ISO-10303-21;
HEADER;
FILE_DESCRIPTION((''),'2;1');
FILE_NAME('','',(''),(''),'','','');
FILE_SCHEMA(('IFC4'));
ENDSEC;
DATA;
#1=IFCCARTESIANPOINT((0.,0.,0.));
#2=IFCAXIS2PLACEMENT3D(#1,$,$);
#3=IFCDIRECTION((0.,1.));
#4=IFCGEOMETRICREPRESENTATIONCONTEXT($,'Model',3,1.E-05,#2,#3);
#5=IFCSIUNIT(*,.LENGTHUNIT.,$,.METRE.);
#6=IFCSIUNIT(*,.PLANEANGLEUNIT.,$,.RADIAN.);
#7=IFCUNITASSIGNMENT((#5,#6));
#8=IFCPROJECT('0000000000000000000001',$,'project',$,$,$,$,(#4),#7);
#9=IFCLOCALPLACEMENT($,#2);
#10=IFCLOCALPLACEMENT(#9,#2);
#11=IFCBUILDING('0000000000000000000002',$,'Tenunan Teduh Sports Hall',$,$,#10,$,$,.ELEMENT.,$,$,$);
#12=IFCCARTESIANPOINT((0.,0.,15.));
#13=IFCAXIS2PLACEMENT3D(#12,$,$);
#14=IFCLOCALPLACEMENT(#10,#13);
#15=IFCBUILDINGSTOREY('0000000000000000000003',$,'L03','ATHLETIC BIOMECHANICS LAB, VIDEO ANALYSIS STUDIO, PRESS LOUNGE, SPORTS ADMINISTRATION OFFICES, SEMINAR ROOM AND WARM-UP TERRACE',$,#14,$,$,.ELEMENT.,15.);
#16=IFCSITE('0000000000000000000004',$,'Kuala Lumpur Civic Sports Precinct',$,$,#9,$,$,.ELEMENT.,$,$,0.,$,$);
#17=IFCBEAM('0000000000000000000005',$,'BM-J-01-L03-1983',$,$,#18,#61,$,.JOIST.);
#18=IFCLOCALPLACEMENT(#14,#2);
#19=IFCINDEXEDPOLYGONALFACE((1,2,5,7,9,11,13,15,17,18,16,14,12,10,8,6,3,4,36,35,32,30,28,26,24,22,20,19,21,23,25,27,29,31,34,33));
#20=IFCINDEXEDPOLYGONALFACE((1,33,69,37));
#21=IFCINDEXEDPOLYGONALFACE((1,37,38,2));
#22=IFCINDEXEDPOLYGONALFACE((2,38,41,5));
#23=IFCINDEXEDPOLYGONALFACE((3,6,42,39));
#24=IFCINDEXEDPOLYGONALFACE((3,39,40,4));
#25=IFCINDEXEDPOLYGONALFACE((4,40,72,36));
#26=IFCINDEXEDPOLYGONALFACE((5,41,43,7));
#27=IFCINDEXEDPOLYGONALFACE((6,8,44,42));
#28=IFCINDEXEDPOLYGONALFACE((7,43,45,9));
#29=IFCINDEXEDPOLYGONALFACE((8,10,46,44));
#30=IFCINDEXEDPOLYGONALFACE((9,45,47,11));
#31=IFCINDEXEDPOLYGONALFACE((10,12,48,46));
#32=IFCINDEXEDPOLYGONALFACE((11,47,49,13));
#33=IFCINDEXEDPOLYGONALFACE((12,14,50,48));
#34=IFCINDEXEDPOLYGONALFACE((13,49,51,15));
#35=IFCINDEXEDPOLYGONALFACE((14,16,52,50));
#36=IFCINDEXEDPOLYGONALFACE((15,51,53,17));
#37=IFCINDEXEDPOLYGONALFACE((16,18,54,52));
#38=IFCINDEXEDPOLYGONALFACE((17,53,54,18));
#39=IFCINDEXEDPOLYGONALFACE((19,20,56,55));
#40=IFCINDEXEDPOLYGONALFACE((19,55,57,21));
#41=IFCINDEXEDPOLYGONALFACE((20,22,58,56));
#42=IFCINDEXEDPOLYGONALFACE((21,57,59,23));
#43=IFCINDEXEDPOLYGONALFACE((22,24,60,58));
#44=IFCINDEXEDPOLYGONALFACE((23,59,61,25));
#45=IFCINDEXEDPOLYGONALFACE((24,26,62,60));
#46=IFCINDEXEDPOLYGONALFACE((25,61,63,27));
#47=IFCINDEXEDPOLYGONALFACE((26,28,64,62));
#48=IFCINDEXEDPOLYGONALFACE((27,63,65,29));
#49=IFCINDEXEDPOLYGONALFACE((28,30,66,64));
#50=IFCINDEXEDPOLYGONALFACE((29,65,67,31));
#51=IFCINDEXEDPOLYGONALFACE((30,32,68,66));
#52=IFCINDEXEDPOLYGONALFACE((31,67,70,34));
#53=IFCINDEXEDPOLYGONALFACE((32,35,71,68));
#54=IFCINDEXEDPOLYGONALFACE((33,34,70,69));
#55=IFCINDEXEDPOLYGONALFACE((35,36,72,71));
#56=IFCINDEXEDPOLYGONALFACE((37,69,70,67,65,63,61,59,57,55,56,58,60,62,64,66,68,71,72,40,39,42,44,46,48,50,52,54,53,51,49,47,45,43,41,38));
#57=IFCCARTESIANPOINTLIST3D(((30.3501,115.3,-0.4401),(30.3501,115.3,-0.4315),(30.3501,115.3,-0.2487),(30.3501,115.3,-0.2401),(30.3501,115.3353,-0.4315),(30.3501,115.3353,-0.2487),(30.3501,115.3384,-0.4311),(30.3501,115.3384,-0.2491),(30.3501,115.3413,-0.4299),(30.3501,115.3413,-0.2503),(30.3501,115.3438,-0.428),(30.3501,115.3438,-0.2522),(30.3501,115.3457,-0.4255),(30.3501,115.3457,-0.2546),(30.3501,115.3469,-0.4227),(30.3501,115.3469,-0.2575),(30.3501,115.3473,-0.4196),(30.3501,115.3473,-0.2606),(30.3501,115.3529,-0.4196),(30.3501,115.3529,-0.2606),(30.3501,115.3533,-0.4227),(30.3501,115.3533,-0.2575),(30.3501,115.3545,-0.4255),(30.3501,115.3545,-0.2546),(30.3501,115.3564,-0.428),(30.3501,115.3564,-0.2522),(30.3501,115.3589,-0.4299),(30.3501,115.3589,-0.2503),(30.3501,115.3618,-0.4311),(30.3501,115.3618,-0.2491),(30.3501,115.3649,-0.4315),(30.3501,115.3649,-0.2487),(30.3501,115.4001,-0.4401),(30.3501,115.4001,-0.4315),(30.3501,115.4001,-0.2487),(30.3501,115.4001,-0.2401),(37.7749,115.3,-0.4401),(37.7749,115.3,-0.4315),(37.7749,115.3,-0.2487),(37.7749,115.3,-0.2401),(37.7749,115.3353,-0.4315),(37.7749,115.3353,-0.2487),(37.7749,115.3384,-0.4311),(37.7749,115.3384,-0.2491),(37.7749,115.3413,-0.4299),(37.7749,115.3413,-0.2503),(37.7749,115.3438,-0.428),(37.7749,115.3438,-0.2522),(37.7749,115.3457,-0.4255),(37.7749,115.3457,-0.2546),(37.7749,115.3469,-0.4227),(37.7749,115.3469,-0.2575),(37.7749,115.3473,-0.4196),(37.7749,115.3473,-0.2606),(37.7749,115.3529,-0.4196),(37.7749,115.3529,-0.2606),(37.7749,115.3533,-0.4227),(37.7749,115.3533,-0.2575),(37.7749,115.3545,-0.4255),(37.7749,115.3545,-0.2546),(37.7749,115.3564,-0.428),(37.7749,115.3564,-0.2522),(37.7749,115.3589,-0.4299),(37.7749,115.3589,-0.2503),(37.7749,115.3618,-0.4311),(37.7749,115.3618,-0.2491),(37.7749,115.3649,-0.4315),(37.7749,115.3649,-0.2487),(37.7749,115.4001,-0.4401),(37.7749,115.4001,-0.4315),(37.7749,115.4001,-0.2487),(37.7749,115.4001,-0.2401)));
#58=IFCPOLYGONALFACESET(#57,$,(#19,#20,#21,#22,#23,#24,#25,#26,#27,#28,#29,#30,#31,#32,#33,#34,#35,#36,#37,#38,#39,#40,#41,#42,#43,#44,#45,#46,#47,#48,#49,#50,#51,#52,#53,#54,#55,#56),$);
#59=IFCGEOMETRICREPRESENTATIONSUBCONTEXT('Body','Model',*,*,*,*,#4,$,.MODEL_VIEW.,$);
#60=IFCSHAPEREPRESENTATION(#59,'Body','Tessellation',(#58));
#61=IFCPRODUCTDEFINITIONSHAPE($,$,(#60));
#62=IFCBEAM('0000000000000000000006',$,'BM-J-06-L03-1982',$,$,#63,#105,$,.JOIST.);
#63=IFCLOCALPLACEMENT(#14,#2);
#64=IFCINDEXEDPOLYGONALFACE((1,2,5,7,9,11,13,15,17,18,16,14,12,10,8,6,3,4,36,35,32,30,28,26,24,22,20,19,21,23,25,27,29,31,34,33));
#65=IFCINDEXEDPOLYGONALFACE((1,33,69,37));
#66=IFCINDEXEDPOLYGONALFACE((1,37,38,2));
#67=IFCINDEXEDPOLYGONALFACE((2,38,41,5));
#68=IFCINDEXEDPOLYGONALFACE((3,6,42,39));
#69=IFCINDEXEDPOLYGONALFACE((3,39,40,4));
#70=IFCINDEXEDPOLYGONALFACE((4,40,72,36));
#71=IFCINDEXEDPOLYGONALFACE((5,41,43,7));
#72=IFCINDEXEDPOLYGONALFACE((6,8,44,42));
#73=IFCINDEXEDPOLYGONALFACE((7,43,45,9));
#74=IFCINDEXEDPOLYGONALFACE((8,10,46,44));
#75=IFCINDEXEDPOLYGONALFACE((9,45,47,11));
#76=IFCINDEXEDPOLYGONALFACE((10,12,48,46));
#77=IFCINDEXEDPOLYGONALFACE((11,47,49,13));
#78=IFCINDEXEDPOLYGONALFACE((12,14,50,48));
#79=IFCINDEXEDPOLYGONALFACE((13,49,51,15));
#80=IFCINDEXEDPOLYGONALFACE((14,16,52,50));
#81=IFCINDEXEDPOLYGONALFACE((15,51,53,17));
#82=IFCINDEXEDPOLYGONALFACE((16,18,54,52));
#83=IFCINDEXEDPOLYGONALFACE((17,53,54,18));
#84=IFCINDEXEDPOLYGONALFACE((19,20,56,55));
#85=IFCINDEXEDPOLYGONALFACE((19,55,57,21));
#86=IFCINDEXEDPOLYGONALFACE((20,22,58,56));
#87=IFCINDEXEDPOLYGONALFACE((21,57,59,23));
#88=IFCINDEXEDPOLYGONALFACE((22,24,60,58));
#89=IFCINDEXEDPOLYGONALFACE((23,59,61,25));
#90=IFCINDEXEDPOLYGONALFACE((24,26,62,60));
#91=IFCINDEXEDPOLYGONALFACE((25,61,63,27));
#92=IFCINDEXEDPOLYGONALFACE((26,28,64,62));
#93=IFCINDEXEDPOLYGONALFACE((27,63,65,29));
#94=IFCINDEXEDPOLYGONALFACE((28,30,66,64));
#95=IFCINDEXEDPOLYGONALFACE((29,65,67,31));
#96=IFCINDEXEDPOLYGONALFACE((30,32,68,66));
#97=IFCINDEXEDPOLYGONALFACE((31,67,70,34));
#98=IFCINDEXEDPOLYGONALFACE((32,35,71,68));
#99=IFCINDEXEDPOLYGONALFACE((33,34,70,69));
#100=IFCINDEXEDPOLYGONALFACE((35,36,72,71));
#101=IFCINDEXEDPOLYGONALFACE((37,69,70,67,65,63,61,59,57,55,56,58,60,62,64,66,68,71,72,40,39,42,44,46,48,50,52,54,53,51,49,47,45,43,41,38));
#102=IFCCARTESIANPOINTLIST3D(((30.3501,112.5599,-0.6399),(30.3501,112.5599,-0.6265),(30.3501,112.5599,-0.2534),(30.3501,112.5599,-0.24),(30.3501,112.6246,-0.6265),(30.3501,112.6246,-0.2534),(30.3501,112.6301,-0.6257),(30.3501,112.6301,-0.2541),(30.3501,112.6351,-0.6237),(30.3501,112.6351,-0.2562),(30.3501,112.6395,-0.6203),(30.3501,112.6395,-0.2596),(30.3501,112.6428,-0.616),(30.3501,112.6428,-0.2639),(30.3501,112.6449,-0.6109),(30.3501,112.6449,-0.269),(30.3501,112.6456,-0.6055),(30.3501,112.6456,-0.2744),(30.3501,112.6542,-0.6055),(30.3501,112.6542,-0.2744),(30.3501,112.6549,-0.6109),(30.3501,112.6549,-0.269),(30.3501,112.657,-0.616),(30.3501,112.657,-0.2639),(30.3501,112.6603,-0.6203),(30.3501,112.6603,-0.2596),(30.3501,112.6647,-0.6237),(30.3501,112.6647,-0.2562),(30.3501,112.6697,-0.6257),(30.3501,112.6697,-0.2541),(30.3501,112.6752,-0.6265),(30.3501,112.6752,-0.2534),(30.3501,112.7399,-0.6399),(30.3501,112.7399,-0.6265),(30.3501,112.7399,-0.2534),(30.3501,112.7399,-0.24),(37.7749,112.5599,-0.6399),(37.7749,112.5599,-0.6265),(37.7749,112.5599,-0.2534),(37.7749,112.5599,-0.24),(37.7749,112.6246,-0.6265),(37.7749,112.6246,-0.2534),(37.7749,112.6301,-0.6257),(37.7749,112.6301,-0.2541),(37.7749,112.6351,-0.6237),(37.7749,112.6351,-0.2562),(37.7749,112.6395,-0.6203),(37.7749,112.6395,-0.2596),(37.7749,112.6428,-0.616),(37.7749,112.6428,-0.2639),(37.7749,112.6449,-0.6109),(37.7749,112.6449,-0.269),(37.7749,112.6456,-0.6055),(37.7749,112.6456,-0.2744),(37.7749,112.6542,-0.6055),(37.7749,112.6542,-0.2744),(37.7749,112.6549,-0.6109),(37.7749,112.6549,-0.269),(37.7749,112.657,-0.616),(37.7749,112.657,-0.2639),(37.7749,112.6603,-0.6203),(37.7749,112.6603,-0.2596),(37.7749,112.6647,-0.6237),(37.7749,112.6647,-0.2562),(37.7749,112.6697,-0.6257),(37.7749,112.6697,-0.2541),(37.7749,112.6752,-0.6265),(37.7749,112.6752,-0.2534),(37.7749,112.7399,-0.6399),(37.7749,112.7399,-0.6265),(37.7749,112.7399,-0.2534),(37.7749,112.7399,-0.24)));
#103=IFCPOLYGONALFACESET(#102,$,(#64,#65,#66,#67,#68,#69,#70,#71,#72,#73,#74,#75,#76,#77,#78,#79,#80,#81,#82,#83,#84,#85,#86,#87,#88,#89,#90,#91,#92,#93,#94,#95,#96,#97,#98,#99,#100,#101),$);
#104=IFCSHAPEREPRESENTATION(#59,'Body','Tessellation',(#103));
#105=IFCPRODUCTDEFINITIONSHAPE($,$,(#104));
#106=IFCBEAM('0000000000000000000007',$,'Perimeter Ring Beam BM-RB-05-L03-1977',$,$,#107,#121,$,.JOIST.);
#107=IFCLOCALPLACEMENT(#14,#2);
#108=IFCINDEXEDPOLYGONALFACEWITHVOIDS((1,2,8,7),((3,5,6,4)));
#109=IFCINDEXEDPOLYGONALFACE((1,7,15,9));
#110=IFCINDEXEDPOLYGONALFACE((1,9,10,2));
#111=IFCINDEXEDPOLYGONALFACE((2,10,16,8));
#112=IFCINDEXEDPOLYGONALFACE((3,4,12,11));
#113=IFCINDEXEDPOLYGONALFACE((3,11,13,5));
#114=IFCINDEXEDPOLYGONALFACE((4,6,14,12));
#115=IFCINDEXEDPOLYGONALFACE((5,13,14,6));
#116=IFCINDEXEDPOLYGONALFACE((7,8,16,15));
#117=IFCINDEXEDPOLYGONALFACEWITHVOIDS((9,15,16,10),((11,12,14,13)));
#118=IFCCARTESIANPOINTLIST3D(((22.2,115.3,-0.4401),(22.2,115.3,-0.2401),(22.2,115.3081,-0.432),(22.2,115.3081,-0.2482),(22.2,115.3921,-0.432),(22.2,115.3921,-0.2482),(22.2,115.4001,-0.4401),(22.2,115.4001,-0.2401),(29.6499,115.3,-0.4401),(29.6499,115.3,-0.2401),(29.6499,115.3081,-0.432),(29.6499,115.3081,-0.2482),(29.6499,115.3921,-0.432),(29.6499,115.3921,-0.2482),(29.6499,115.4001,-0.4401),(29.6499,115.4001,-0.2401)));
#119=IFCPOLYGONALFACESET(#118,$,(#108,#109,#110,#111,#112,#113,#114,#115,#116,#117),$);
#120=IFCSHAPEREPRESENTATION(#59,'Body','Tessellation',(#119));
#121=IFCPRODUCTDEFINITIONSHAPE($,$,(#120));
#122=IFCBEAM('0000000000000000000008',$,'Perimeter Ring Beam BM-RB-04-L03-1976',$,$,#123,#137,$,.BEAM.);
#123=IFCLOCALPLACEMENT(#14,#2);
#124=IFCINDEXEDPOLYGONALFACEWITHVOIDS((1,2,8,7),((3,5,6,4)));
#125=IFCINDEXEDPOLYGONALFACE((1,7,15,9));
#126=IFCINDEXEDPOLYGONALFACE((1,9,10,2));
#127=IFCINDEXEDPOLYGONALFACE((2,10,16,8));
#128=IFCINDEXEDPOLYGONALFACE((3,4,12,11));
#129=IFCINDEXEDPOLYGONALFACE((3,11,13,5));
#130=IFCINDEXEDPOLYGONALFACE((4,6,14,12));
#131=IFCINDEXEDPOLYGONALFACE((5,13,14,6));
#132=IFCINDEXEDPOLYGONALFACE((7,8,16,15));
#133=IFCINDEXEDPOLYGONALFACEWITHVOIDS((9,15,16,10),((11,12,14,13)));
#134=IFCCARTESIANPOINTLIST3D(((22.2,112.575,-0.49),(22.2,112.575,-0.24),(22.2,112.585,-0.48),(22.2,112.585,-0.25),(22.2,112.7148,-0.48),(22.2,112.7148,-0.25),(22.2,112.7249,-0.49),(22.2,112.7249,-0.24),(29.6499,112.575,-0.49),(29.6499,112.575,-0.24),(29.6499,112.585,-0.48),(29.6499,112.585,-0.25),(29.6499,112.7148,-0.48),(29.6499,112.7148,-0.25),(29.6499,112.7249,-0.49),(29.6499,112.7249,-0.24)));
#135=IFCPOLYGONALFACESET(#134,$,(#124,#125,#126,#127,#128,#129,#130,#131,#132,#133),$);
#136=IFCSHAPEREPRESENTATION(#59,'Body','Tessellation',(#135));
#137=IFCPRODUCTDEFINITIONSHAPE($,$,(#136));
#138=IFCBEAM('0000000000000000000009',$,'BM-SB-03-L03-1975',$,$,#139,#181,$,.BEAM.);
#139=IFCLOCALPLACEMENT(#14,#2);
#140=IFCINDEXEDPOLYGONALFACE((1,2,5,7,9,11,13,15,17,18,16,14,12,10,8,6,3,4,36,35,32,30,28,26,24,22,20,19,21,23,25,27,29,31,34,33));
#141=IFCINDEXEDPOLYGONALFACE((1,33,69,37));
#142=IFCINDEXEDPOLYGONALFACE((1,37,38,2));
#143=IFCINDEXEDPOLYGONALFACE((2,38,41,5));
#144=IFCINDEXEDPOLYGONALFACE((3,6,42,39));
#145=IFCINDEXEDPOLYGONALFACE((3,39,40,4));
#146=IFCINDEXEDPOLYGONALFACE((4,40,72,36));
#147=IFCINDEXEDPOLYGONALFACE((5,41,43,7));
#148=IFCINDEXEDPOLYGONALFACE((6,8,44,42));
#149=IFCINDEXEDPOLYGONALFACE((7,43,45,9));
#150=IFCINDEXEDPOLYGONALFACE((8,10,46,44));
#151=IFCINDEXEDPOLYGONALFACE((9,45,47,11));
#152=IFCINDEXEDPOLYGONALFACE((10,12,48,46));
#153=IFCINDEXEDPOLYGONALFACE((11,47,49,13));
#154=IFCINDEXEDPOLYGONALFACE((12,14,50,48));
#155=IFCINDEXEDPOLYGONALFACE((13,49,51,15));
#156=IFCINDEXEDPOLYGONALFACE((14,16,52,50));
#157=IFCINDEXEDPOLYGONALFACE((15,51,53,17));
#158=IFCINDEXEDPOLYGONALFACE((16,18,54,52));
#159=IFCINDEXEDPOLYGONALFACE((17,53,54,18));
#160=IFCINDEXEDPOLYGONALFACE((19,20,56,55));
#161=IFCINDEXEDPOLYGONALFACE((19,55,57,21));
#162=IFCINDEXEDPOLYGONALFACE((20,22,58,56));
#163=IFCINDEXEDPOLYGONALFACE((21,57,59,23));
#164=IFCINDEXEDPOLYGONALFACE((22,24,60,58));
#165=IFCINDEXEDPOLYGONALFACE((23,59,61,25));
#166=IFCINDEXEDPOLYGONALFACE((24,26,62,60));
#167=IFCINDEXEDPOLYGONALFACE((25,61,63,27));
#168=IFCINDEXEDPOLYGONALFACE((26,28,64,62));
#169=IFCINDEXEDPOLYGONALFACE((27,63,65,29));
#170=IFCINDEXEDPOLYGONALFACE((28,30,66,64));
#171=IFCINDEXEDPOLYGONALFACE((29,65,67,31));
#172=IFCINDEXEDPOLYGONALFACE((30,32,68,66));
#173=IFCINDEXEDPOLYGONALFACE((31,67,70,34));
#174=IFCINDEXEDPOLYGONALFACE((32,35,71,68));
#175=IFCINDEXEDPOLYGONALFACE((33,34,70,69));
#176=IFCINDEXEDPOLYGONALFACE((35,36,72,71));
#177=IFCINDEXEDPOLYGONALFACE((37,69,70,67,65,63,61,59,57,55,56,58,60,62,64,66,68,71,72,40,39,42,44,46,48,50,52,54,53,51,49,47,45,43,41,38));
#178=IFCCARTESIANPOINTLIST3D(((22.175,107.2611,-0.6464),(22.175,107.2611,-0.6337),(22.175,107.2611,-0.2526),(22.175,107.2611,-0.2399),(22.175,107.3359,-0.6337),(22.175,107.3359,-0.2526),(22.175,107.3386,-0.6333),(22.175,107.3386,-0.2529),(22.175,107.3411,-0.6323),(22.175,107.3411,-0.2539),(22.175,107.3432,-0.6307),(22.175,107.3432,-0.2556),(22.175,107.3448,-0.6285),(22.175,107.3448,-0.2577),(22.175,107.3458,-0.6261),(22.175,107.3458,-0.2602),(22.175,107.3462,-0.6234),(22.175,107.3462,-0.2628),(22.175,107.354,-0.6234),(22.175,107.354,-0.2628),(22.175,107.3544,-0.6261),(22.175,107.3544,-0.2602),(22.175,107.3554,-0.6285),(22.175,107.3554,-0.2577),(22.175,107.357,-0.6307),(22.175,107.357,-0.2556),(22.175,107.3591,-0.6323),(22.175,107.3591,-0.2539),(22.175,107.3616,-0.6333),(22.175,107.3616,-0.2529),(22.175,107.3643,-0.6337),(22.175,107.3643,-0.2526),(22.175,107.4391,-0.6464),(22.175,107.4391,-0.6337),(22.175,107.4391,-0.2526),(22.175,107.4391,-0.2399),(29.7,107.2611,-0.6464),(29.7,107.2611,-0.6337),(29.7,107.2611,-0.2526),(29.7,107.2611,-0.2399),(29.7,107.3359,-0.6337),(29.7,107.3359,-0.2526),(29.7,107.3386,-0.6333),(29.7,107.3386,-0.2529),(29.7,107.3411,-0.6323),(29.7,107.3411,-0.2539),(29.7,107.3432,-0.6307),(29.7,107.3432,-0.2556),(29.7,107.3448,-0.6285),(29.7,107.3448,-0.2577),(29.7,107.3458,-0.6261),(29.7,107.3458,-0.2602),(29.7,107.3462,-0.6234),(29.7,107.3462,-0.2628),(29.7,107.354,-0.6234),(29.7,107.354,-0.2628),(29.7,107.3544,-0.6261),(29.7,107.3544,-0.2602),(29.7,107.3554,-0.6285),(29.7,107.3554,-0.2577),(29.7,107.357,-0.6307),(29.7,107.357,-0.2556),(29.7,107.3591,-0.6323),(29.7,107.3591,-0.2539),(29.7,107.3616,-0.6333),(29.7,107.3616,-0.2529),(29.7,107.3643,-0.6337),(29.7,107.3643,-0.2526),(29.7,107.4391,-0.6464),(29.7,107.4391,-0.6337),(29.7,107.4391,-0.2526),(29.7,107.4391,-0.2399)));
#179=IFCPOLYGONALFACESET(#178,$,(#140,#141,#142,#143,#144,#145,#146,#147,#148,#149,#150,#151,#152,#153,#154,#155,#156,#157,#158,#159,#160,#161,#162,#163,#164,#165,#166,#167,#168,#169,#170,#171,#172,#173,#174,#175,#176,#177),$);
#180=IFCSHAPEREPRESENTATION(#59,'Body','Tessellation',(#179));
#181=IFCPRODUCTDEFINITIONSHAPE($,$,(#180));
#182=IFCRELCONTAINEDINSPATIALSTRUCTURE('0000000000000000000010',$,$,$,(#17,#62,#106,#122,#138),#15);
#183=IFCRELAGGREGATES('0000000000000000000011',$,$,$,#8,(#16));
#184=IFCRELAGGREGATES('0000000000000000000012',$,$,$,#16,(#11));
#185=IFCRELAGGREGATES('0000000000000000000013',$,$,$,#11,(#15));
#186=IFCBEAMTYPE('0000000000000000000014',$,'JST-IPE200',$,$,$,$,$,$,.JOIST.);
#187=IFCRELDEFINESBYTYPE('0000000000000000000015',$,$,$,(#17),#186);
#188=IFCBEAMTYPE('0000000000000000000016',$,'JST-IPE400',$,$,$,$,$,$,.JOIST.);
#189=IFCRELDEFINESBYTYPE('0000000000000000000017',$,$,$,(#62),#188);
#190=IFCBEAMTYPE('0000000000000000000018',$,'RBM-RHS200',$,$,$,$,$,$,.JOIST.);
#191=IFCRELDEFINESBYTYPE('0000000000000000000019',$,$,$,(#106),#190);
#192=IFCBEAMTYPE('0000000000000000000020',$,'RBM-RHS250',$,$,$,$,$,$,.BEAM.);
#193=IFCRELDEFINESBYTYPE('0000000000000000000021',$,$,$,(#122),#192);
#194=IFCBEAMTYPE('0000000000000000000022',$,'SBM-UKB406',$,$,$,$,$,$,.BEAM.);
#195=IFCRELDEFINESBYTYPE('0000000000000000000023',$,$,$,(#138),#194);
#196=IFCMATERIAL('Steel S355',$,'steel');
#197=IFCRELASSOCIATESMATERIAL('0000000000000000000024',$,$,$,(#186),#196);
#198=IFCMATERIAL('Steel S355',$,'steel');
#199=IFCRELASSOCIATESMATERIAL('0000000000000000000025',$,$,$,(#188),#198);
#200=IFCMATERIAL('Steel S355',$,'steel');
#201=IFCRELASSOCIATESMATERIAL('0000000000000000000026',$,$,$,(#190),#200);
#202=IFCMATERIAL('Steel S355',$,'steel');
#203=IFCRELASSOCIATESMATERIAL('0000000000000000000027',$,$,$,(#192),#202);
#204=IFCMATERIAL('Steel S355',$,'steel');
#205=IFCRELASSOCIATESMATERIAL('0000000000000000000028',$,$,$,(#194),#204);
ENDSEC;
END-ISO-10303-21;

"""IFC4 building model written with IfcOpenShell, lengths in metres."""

from ifc_helpers import new_model, si_unit, direction, frame, origin, origin_2d, place, context, subcontext, project, spatial, hollow_rectangle, i_section, extrude, material, material_profile, profile_set, type_object, element, save


model = new_model("IFC4")

# Units and contexts
model_context = context("Model", 3, precision=1e-05, world=origin(), true_north=direction((0.0, 1.0)))
body_context = subcontext(model_context, "Body", "Model", "MODEL_VIEW")
ifc_project = project(units=[si_unit("LENGTHUNIT", "METRE"), si_unit("PLANEANGLEUNIT", "RADIAN")], contexts=[model_context])

# Site, building, storey
site_placement = place(None, origin())
site = spatial("IfcSite", under=ifc_project, at=site_placement, Name="Kuala Lumpur Civic Sports Precinct", CompositionType="ELEMENT", RefElevation=0.0)
building_placement = place(site_placement, origin())
building = spatial("IfcBuilding", under=site, at=building_placement, Name="Tenunan Teduh Sports Hall", CompositionType="ELEMENT")
storey_placement = place(building_placement, frame((0.0, 0.0, 15.0)))
storey = spatial("IfcBuildingStorey", under=building, at=storey_placement, Name="L03", Description="ATHLETIC BIOMECHANICS LAB, VIDEO ANALYSIS STUDIO, PRESS LOUNGE, SPORTS ADMINISTRATION OFFICES, SEMINAR ROOM AND WARM-UP TERRACE", CompositionType="ELEMENT", Elevation=15.0)

# Beams
ifc_material_1 = material(Name="Steel S355", Category="steel")
ifc_material_profile_1 = material_profile(ifc_material_1, i_section(OverallWidth=0.1001, OverallDepth=0.2, WebThickness=0.0056, FlangeThickness=0.0085, FilletRadius=0.012, at=origin_2d()), Name="IPE 200")
ifc_profile_set_1 = profile_set([ifc_material_profile_1], Name="Steel S355")
beam_type_1 = type_object("IfcBeamType", Name="JST-IPE200", PredefinedType="JOIST", material=ifc_profile_set_1)
beam_1_placement = place(storey_placement, frame((30.3501, 115.3501, -0.3401), z_axis=(1.0, 0.0, 0.0), x_axis=(0.0, 1.0, 0.0)))
element("IfcBeam", 1, at=beam_1_placement, inside=storey, type_object=beam_type_1, Name="BM-J-01-L03-1983", PredefinedType="JOIST", context=body_context, shape_type="SweptSolid", body=[
    extrude(i_section(OverallWidth=0.1001, OverallDepth=0.2, WebThickness=0.0056, FlangeThickness=0.0085, FilletRadius=0.012, at=origin_2d()), origin(), (0.0, 0.0, 1.0), 7.4248),
])
ifc_material_2 = material(Name="Steel S355", Category="steel")
ifc_material_profile_2 = material_profile(ifc_material_2, i_section(OverallWidth=0.1799, OverallDepth=0.3999, WebThickness=0.0085, FlangeThickness=0.0134, FilletRadius=0.021, at=origin_2d()), Name="IPE 400")
ifc_profile_set_2 = profile_set([ifc_material_profile_2], Name="Steel S355")
beam_type_2 = type_object("IfcBeamType", Name="JST-IPE400", PredefinedType="JOIST", material=ifc_profile_set_2)
beam_2_placement = place(storey_placement, frame((30.3501, 112.6499, -0.4399), z_axis=(1.0, 0.0, 0.0), x_axis=(0.0, 1.0, 0.0)))
element("IfcBeam", 2, at=beam_2_placement, inside=storey, type_object=beam_type_2, Name="BM-J-06-L03-1982", PredefinedType="JOIST", context=body_context, shape_type="SweptSolid", body=[
    extrude(i_section(OverallWidth=0.1799, OverallDepth=0.3999, WebThickness=0.0085, FlangeThickness=0.0134, FilletRadius=0.021, at=origin_2d()), origin(), (0.0, 0.0, 1.0), 7.4248),
])
ifc_material_3 = material(Name="Steel S355", Category="steel")
ifc_material_profile_3 = material_profile(ifc_material_3, hollow_rectangle(XDim=0.1001, YDim=0.2, WallThickness=0.0081, at=origin_2d()), Name="RHS 200x100x8.0")
ifc_profile_set_3 = profile_set([ifc_material_profile_3], Name="Steel S355")
beam_type_3 = type_object("IfcBeamType", Name="RBM-RHS200", PredefinedType="JOIST", material=ifc_profile_set_3)
beam_3_placement = place(storey_placement, frame((22.2, 115.3501, -0.3401), z_axis=(1.0, 0.0, 0.0), x_axis=(0.0, 1.0, 0.0)))
element("IfcBeam", 3, at=beam_3_placement, inside=storey, type_object=beam_type_3, Name="Perimeter Ring Beam BM-RB-05-L03-1977", PredefinedType="JOIST", context=body_context, shape_type="SweptSolid", body=[
    extrude(hollow_rectangle(XDim=0.1001, YDim=0.2, WallThickness=0.0081, at=origin_2d()), origin(), (0.0, 0.0, 1.0), 7.45),
])
ifc_material_4 = material(Name="Steel S355", Category="steel")
ifc_material_profile_4 = material_profile(ifc_material_4, hollow_rectangle(XDim=0.1499, YDim=0.25, WallThickness=0.01, at=origin_2d()), Name="RHS 250x150x10.0")
ifc_profile_set_4 = profile_set([ifc_material_profile_4], Name="Steel S355")
beam_type_4 = type_object("IfcBeamType", Name="RBM-RHS250", PredefinedType="BEAM", material=ifc_profile_set_4)
beam_4_placement = place(storey_placement, frame((22.2, 112.6499, -0.365), z_axis=(1.0, 0.0, 0.0), x_axis=(0.0, 1.0, 0.0)))
element("IfcBeam", 4, at=beam_4_placement, inside=storey, type_object=beam_type_4, Name="Perimeter Ring Beam BM-RB-04-L03-1976", PredefinedType="BEAM", context=body_context, shape_type="SweptSolid", body=[
    extrude(hollow_rectangle(XDim=0.1499, YDim=0.25, WallThickness=0.01, at=origin_2d()), origin(), (0.0, 0.0, 1.0), 7.45),
])
ifc_material_5 = material(Name="Steel S355", Category="steel")
ifc_material_profile_5 = material_profile(ifc_material_5, i_section(OverallWidth=0.178, OverallDepth=0.4065, WebThickness=0.0078, FlangeThickness=0.0127, FilletRadius=0.0103, at=origin_2d()), Name="UKB 406x178x60")
ifc_profile_set_5 = profile_set([ifc_material_profile_5], Name="Steel S355")
beam_type_5 = type_object("IfcBeamType", Name="SBM-UKB406", PredefinedType="BEAM", material=ifc_profile_set_5)
beam_5_placement = place(storey_placement, frame((22.175, 107.3501, -0.4431), z_axis=(1.0, 0.0, 0.0), x_axis=(0.0, 1.0, 0.0)))
element("IfcBeam", 5, at=beam_5_placement, inside=storey, type_object=beam_type_5, Name="BM-SB-03-L03-1975", PredefinedType="BEAM", context=body_context, shape_type="SweptSolid", body=[
    extrude(i_section(OverallWidth=0.178, OverallDepth=0.4065, WebThickness=0.0078, FlangeThickness=0.0127, FilletRadius=0.0103, at=origin_2d()), origin(), (0.0, 0.0, 1.0), 7.5249),
])

save(model, "model.ifc")
